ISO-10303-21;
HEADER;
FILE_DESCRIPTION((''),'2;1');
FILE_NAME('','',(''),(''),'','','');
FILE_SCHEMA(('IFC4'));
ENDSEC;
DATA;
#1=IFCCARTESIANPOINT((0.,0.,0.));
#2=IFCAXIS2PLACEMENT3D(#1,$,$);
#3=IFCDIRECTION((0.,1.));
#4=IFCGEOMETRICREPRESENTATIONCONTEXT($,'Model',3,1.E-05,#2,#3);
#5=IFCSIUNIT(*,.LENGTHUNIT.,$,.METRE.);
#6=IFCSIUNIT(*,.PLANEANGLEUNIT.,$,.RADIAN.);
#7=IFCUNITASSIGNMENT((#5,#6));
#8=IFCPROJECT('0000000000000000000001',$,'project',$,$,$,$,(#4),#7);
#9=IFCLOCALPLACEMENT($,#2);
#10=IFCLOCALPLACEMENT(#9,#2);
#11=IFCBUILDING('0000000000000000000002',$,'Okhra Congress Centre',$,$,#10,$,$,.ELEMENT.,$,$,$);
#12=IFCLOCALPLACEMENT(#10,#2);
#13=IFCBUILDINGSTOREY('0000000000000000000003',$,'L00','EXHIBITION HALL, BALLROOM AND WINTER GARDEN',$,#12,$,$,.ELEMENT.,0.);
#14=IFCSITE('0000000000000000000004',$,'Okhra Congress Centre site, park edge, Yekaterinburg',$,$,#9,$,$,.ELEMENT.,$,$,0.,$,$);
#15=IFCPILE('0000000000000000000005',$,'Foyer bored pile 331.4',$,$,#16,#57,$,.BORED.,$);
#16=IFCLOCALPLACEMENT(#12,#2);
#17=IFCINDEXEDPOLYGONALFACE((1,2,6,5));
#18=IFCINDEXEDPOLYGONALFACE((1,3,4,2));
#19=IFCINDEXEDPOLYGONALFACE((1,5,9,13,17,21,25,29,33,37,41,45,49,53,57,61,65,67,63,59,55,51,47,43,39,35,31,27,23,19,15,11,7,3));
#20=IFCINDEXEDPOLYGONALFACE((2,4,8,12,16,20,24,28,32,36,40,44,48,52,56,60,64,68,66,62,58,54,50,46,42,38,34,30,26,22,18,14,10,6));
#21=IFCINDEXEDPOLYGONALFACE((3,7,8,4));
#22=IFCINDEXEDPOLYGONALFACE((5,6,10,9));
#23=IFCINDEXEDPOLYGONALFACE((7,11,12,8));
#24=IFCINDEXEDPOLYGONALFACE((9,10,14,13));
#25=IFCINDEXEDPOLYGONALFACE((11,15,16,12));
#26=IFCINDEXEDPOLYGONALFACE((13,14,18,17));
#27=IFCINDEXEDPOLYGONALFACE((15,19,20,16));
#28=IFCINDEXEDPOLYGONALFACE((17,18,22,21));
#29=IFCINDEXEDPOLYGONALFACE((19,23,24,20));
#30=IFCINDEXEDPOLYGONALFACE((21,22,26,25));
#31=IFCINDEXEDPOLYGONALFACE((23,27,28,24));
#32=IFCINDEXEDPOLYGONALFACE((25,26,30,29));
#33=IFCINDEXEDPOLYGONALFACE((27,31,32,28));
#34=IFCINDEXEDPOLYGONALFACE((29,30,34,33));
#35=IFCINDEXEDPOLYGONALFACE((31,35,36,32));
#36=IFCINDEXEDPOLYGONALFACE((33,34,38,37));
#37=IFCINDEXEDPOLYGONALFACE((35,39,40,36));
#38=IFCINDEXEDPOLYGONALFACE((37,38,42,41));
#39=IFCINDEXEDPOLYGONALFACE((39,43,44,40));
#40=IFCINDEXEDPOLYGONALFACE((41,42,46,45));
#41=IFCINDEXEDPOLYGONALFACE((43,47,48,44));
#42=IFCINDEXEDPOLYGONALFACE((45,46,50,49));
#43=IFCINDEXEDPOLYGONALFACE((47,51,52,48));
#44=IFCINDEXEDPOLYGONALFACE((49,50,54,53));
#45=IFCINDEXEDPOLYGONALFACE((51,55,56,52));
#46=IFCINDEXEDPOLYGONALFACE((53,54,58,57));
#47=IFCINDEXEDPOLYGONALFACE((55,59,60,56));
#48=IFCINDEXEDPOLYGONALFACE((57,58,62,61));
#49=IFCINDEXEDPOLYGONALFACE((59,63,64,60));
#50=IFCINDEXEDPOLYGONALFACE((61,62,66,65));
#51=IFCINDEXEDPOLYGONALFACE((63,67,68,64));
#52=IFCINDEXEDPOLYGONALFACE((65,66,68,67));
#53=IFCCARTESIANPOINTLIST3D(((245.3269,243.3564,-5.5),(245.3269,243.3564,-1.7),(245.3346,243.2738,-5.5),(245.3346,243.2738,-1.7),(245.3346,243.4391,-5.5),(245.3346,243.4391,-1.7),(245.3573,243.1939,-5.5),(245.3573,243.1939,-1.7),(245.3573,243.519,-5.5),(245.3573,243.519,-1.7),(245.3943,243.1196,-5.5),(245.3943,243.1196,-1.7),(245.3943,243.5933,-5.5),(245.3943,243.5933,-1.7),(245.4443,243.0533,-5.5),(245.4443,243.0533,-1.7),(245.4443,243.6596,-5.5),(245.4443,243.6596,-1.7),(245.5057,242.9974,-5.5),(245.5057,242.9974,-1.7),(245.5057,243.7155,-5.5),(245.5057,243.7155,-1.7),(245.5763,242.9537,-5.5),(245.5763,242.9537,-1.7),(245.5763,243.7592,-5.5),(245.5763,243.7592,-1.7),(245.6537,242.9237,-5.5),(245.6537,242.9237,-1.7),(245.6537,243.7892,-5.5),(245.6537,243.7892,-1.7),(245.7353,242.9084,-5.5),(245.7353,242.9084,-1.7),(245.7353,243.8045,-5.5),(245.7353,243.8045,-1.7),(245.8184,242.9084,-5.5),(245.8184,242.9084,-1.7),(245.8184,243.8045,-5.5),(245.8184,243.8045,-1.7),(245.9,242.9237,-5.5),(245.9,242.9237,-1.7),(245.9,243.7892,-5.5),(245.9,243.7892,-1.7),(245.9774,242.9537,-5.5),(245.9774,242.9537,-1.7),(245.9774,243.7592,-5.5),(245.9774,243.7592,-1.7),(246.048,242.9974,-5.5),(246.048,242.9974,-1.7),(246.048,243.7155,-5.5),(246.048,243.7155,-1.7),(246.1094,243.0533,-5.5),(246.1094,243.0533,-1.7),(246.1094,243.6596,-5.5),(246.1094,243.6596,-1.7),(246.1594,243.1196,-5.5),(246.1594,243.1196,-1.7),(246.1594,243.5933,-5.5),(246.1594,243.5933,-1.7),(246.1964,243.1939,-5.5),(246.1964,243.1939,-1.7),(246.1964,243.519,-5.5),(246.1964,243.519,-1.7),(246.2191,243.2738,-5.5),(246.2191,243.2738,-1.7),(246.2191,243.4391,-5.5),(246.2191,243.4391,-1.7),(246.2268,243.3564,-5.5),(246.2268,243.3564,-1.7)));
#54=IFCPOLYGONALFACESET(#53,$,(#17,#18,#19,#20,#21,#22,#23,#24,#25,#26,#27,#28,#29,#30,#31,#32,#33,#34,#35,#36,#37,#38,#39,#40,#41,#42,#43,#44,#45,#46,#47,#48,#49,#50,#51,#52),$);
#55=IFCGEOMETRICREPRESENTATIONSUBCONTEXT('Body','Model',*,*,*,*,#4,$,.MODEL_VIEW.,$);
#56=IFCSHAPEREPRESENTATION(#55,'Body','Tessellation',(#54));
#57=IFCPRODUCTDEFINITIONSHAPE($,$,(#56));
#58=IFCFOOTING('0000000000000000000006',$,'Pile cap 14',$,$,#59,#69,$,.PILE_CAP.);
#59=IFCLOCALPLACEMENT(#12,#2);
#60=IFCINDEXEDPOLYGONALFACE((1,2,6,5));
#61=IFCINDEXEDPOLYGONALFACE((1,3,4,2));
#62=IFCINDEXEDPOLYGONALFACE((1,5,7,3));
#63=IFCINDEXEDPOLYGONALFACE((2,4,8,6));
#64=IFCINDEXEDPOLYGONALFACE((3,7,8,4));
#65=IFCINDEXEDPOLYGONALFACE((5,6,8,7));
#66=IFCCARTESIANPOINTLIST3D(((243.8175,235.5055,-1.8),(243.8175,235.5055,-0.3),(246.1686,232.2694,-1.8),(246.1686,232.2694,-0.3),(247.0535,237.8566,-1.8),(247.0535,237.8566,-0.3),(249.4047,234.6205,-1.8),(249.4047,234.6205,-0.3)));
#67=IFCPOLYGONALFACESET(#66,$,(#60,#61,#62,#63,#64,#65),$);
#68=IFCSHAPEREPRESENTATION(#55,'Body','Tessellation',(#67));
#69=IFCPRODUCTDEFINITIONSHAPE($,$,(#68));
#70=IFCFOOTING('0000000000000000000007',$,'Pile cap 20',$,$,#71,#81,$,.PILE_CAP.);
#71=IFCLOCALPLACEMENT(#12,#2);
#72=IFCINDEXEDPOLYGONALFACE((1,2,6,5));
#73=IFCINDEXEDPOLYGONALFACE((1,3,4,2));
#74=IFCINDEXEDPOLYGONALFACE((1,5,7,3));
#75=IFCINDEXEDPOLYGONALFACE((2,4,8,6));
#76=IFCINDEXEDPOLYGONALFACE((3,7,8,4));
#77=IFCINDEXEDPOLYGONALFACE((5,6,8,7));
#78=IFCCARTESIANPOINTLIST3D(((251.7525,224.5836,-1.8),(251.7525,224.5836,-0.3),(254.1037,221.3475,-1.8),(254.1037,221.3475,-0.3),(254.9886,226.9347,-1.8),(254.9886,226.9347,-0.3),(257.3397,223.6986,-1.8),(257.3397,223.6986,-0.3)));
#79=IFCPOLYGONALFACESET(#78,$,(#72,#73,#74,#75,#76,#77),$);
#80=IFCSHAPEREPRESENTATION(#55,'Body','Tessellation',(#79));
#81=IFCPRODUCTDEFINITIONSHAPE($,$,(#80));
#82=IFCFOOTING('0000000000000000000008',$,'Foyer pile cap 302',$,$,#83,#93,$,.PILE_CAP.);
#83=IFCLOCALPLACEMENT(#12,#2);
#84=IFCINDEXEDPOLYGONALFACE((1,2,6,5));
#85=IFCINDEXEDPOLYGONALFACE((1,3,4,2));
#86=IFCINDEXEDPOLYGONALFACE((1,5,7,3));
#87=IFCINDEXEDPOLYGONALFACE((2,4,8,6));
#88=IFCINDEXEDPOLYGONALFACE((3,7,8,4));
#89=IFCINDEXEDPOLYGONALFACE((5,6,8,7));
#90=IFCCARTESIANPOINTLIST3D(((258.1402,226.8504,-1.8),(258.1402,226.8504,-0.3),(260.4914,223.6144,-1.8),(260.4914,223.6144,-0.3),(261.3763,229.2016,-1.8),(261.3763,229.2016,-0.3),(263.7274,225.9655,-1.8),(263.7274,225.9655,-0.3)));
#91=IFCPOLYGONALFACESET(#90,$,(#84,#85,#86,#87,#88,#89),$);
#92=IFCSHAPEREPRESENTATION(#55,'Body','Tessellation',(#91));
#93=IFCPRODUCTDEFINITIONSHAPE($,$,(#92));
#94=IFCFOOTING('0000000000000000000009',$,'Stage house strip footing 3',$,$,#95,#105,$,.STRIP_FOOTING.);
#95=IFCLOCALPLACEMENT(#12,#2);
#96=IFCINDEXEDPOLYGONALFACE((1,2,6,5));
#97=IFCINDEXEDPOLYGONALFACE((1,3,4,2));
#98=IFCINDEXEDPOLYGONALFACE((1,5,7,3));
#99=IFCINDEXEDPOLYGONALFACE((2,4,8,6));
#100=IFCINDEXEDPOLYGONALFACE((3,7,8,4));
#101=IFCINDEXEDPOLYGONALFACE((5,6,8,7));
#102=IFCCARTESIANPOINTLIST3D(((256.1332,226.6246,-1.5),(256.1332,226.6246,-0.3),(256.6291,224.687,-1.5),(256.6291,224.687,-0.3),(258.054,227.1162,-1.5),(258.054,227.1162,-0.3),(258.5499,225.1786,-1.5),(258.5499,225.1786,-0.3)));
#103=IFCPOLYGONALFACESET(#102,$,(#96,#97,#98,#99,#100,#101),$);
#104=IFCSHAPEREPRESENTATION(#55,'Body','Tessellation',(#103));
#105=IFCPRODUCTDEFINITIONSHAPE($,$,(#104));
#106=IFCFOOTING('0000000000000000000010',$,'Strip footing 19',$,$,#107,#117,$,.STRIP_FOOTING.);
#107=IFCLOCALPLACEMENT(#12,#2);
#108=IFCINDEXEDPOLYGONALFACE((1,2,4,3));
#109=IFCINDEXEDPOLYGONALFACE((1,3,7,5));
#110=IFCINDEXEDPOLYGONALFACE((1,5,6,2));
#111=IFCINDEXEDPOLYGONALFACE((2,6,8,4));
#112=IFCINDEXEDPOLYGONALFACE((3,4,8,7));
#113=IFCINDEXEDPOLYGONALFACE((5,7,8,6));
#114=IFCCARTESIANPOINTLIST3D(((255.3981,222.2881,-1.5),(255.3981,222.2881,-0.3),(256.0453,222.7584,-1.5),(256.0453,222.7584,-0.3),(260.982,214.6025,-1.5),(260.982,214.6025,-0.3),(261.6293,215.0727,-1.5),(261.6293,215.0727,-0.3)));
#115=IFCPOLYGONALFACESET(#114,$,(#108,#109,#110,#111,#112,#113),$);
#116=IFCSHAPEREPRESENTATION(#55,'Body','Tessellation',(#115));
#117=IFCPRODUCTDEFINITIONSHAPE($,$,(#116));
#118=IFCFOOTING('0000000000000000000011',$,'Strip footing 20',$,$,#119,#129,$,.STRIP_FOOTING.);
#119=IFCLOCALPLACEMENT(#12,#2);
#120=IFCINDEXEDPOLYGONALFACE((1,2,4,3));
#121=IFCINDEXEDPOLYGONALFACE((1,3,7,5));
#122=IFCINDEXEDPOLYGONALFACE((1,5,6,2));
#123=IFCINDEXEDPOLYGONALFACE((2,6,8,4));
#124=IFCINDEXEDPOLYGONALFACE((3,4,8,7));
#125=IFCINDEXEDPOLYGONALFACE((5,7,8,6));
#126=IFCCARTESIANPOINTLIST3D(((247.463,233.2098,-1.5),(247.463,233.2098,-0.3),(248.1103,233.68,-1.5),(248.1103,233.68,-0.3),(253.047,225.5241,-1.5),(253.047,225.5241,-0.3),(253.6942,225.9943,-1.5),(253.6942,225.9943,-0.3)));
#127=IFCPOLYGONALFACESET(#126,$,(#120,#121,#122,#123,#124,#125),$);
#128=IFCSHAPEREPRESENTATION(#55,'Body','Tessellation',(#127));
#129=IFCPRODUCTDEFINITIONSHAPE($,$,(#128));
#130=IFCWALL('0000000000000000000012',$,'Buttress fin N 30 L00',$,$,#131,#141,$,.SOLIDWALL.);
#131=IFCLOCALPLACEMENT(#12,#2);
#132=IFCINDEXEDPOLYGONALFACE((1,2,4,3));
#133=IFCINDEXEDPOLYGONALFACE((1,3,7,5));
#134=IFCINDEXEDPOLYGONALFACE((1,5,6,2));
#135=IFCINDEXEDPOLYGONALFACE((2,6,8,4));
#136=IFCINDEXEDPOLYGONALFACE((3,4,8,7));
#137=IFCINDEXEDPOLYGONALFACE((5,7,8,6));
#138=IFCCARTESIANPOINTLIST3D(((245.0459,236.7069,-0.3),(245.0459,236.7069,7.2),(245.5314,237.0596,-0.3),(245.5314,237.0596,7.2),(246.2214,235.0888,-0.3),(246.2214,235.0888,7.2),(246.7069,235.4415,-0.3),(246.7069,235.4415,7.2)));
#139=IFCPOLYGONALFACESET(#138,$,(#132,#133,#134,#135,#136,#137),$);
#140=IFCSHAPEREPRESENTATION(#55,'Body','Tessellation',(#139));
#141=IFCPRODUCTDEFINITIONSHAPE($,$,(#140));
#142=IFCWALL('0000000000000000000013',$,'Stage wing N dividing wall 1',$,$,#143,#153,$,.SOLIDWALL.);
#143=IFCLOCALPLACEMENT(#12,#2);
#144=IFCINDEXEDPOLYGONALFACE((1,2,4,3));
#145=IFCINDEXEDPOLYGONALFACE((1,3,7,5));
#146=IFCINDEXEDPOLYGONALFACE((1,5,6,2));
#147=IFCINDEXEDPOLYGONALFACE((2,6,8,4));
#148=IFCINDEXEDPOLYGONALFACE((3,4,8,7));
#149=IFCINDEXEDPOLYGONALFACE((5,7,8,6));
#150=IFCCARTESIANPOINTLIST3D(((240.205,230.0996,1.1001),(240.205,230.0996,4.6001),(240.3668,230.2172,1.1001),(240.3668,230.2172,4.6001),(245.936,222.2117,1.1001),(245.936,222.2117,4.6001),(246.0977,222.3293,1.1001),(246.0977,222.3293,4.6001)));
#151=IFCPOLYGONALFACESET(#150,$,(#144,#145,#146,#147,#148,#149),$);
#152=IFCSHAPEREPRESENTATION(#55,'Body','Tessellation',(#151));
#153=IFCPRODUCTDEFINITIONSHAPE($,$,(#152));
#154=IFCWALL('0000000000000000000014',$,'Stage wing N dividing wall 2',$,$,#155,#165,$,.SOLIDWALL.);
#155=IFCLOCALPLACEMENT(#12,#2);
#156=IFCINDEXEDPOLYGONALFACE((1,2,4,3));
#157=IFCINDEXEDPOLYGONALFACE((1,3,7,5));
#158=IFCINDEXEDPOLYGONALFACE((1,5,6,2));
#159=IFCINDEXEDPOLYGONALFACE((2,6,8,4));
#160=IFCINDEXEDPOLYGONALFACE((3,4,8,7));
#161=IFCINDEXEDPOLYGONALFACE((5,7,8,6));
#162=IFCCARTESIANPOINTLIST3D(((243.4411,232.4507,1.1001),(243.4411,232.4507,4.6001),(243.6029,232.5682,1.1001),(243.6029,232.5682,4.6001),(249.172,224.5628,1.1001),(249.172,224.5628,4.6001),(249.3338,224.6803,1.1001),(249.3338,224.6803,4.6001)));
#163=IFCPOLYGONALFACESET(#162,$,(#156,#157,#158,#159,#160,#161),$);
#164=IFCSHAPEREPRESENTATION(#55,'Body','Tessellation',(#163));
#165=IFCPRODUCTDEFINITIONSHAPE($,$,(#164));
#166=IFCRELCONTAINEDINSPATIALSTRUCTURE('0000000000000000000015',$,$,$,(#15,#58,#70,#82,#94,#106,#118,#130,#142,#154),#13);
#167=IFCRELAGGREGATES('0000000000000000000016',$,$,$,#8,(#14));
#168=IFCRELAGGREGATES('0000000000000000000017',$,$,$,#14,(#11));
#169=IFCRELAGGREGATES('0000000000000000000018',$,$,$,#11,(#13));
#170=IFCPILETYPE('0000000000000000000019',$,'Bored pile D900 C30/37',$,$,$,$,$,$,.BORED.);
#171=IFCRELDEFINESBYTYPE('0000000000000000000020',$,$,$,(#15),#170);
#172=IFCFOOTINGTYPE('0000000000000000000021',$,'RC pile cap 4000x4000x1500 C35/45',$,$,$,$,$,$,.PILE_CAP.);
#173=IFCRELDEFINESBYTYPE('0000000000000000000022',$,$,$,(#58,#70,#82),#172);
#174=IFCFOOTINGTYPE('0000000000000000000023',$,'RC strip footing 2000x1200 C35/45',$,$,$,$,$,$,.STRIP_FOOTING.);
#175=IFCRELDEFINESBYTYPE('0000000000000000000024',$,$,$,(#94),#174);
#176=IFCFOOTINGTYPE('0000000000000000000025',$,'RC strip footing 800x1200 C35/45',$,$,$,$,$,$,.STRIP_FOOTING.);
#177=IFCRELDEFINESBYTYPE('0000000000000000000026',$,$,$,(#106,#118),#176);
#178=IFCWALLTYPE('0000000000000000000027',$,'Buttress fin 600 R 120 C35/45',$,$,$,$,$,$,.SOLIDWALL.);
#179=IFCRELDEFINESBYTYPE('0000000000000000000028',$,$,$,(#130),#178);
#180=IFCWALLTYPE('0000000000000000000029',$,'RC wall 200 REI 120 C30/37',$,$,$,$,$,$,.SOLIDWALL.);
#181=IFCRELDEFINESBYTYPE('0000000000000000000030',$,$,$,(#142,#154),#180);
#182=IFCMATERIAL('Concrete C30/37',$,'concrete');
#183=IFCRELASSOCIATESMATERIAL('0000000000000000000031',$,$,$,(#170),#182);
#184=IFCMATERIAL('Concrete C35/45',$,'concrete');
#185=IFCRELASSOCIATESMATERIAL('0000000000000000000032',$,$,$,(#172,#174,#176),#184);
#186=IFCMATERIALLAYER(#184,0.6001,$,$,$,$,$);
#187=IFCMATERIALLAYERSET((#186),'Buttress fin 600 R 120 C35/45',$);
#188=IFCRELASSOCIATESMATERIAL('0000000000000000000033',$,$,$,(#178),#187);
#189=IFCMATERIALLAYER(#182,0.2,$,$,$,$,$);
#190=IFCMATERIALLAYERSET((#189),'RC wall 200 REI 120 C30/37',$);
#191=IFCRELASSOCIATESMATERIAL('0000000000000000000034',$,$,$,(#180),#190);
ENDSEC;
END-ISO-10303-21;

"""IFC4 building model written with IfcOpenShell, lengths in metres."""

from ifc_helpers import new_model, si_unit, direction, frame, frame_2d, origin, origin_2d, place, context, subcontext, project, spatial, rectangle, circle, extrude, material, layer, layer_set, material_profile, profile_set, type_object, element, save


model = new_model("IFC4")

# Units and contexts
model_context = context("Model", 3, precision=1e-05, world=origin(), true_north=direction((0.0, 1.0)))
body_context = subcontext(model_context, "Body", "Model", "MODEL_VIEW")
ifc_project = project(units=[si_unit("LENGTHUNIT", "METRE"), si_unit("PLANEANGLEUNIT", "RADIAN")], contexts=[model_context])

# Site, building, storey
site_placement = place(None, origin())
site = spatial("IfcSite", under=ifc_project, at=site_placement, Name="Okhra Congress Centre site, park edge, Yekaterinburg", CompositionType="ELEMENT", RefElevation=0.0)
building_placement = place(site_placement, origin())
building = spatial("IfcBuilding", under=site, at=building_placement, Name="Okhra Congress Centre", CompositionType="ELEMENT")
storey_placement = place(building_placement, origin())
storey = spatial("IfcBuildingStorey", under=building, at=storey_placement, Name="L00", Description="EXHIBITION HALL, BALLROOM AND WINTER GARDEN", CompositionType="ELEMENT", Elevation=0.0)

# Pile
ifc_material_1 = material(Name="Concrete C30/37", Category="concrete")
ifc_material_profile = material_profile(ifc_material_1, circle(Radius=0.45, at=origin_2d()), Name="D900")
ifc_profile_set = profile_set([ifc_material_profile], Name="Concrete C30/37")
pile_type = type_object("IfcPileType", Name="Bored pile D900 C30/37", PredefinedType="BORED", material=ifc_profile_set)
for number, where, z_axis, x_axis, name in (
    (1, (245.7769, 243.3564, -1.7), (0.0, 0.0, -1.0), (1.0, 0.0, 0.0), "Foyer bored pile 331.4"),
):
    element("IfcPile", number, at=place(storey_placement, frame(where, z_axis=z_axis, x_axis=x_axis)), inside=storey, type_object=pile_type, Name=name, PredefinedType="BORED", context=body_context, shape_type="SweptSolid", body=[
        extrude(circle(Radius=0.45, at=origin_2d()), origin(), (0.0, 0.0, 1.0), 3.8),
    ])

# Footings
ifc_material_2 = material(Name="Concrete C35/45", Category="concrete")
footing_type_1 = type_object("IfcFootingType", Name="RC pile cap 4000x4000x1500 C35/45", PredefinedType="PILE_CAP", material=ifc_material_2)
for number, where, z_axis, x_axis, name in (
    (2, (246.6111, 235.063, -1.8), (0.0, 0.0, 1.0), (0.809017, 0.587785, 0.0), "Pile cap 14"),
    (3, (254.5461, 224.1411, -1.8), (0.0, 0.0, 1.0), (0.809017, 0.587785, 0.0), "Pile cap 20"),
    (4, (260.9338, 226.408, -1.8), (0.0, 0.0, 1.0), (0.809017, 0.587785, 0.0), "Foyer pile cap 302"),
):
    element("IfcFooting", number, at=place(storey_placement, frame(where, z_axis=z_axis, x_axis=x_axis)), inside=storey, type_object=footing_type_1, Name=name, PredefinedType="PILE_CAP", context=body_context, shape_type="SweptSolid", body=[
        extrude(rectangle(XDim=4.0, YDim=4.0, at=origin_2d()), origin(), (0.0, 0.0, 1.0), 1.5),
    ])
footing_type_2 = type_object("IfcFootingType", Name="RC strip footing 2000x1200 C35/45", PredefinedType="STRIP_FOOTING", material=ifc_material_2)
footing_placement = place(storey_placement, frame((257.3416, 225.9016, -1.5), z_axis=(0.0, 0.0, 1.0), x_axis=(-0.968776, -0.247939, 0.0)))
element("IfcFooting", 5, at=footing_placement, inside=storey, type_object=footing_type_2, Name="Stage house strip footing 3", PredefinedType="STRIP_FOOTING", context=body_context, shape_type="SweptSolid", body=[
    extrude(rectangle(XDim=1.9827, YDim=2.0, at=origin_2d()), origin(), (0.0, 0.0, 1.0), 1.2),
])
footing_type_3 = type_object("IfcFootingType", Name="RC strip footing 800x1200 C35/45", PredefinedType="STRIP_FOOTING", material=ifc_material_2)
for number, where, z_axis, x_axis, name in (
    (6, (258.5137, 218.6804, -1.5), (0.0, 0.0, 1.0), (-0.587785, 0.809017, 0.0), "Strip footing 19"),
    (7, (250.5786, 229.6021, -1.5), (0.0, 0.0, 1.0), (-0.587785, 0.809017, 0.0), "Strip footing 20"),
):
    element("IfcFooting", number, at=place(storey_placement, frame(where, z_axis=z_axis, x_axis=x_axis)), inside=storey, type_object=footing_type_3, Name=name, PredefinedType="STRIP_FOOTING", context=body_context, shape_type="SweptSolid", body=[
        extrude(rectangle(XDim=9.5, YDim=0.8, at=origin_2d()), origin(), (0.0, 0.0, 1.0), 1.2),
    ])

# Walls
ifc_layer_1 = layer(ifc_material_2, 0.6001)
ifc_layer_set_1 = layer_set([ifc_layer_1], Name="Buttress fin 600 R 120 C35/45")
wall_type_1 = type_object("IfcWallType", Name="Buttress fin 600 R 120 C35/45", PredefinedType="SOLIDWALL", material=ifc_layer_set_1)
wall_1_placement = place(storey_placement, frame((246.4641, 235.2651, -0.3), z_axis=(0.0, 0.0, 1.0), x_axis=(-0.587743, 0.809047, 0.0)))
element("IfcWall", 8, at=wall_1_placement, inside=storey, type_object=wall_type_1, Name="Buttress fin N 30 L00", PredefinedType="SOLIDWALL", context=body_context, shape_type="SweptSolid", body=[
    extrude(rectangle(XDim=2.0, YDim=0.6001, at=frame_2d((1.0, 0.0))), origin(), (0.0, 0.0, 1.0), 7.5),
])
ifc_layer_2 = layer(ifc_material_1, 0.2)
ifc_layer_set_2 = layer_set([ifc_layer_2], Name="RC wall 200 REI 120 C30/37")
wall_type_2 = type_object("IfcWallType", Name="RC wall 200 REI 120 C30/37", PredefinedType="SOLIDWALL", material=ifc_layer_set_2)
for number, where, z_axis, x_axis, name in (
    (9, (246.0168, 222.2705, 1.1001), (0.0, 0.0, 1.0), (-0.587788, 0.809015, 0.0), "Stage wing N dividing wall 1"),
    (10, (249.2529, 224.6216, 1.1001), (0.0, 0.0, 1.0), (-0.587788, 0.809015, 0.0), "Stage wing N dividing wall 2"),
):
    element("IfcWall", number, at=place(storey_placement, frame(where, z_axis=z_axis, x_axis=x_axis)), inside=storey, type_object=wall_type_2, Name=name, PredefinedType="SOLIDWALL", context=body_context, shape_type="SweptSolid", body=[
        extrude(rectangle(XDim=9.75, YDim=0.2, at=frame_2d((4.875, 0.0))), origin(), (0.0, 0.0, 1.0), 3.5),
    ])

save(model, "model.ifc")
